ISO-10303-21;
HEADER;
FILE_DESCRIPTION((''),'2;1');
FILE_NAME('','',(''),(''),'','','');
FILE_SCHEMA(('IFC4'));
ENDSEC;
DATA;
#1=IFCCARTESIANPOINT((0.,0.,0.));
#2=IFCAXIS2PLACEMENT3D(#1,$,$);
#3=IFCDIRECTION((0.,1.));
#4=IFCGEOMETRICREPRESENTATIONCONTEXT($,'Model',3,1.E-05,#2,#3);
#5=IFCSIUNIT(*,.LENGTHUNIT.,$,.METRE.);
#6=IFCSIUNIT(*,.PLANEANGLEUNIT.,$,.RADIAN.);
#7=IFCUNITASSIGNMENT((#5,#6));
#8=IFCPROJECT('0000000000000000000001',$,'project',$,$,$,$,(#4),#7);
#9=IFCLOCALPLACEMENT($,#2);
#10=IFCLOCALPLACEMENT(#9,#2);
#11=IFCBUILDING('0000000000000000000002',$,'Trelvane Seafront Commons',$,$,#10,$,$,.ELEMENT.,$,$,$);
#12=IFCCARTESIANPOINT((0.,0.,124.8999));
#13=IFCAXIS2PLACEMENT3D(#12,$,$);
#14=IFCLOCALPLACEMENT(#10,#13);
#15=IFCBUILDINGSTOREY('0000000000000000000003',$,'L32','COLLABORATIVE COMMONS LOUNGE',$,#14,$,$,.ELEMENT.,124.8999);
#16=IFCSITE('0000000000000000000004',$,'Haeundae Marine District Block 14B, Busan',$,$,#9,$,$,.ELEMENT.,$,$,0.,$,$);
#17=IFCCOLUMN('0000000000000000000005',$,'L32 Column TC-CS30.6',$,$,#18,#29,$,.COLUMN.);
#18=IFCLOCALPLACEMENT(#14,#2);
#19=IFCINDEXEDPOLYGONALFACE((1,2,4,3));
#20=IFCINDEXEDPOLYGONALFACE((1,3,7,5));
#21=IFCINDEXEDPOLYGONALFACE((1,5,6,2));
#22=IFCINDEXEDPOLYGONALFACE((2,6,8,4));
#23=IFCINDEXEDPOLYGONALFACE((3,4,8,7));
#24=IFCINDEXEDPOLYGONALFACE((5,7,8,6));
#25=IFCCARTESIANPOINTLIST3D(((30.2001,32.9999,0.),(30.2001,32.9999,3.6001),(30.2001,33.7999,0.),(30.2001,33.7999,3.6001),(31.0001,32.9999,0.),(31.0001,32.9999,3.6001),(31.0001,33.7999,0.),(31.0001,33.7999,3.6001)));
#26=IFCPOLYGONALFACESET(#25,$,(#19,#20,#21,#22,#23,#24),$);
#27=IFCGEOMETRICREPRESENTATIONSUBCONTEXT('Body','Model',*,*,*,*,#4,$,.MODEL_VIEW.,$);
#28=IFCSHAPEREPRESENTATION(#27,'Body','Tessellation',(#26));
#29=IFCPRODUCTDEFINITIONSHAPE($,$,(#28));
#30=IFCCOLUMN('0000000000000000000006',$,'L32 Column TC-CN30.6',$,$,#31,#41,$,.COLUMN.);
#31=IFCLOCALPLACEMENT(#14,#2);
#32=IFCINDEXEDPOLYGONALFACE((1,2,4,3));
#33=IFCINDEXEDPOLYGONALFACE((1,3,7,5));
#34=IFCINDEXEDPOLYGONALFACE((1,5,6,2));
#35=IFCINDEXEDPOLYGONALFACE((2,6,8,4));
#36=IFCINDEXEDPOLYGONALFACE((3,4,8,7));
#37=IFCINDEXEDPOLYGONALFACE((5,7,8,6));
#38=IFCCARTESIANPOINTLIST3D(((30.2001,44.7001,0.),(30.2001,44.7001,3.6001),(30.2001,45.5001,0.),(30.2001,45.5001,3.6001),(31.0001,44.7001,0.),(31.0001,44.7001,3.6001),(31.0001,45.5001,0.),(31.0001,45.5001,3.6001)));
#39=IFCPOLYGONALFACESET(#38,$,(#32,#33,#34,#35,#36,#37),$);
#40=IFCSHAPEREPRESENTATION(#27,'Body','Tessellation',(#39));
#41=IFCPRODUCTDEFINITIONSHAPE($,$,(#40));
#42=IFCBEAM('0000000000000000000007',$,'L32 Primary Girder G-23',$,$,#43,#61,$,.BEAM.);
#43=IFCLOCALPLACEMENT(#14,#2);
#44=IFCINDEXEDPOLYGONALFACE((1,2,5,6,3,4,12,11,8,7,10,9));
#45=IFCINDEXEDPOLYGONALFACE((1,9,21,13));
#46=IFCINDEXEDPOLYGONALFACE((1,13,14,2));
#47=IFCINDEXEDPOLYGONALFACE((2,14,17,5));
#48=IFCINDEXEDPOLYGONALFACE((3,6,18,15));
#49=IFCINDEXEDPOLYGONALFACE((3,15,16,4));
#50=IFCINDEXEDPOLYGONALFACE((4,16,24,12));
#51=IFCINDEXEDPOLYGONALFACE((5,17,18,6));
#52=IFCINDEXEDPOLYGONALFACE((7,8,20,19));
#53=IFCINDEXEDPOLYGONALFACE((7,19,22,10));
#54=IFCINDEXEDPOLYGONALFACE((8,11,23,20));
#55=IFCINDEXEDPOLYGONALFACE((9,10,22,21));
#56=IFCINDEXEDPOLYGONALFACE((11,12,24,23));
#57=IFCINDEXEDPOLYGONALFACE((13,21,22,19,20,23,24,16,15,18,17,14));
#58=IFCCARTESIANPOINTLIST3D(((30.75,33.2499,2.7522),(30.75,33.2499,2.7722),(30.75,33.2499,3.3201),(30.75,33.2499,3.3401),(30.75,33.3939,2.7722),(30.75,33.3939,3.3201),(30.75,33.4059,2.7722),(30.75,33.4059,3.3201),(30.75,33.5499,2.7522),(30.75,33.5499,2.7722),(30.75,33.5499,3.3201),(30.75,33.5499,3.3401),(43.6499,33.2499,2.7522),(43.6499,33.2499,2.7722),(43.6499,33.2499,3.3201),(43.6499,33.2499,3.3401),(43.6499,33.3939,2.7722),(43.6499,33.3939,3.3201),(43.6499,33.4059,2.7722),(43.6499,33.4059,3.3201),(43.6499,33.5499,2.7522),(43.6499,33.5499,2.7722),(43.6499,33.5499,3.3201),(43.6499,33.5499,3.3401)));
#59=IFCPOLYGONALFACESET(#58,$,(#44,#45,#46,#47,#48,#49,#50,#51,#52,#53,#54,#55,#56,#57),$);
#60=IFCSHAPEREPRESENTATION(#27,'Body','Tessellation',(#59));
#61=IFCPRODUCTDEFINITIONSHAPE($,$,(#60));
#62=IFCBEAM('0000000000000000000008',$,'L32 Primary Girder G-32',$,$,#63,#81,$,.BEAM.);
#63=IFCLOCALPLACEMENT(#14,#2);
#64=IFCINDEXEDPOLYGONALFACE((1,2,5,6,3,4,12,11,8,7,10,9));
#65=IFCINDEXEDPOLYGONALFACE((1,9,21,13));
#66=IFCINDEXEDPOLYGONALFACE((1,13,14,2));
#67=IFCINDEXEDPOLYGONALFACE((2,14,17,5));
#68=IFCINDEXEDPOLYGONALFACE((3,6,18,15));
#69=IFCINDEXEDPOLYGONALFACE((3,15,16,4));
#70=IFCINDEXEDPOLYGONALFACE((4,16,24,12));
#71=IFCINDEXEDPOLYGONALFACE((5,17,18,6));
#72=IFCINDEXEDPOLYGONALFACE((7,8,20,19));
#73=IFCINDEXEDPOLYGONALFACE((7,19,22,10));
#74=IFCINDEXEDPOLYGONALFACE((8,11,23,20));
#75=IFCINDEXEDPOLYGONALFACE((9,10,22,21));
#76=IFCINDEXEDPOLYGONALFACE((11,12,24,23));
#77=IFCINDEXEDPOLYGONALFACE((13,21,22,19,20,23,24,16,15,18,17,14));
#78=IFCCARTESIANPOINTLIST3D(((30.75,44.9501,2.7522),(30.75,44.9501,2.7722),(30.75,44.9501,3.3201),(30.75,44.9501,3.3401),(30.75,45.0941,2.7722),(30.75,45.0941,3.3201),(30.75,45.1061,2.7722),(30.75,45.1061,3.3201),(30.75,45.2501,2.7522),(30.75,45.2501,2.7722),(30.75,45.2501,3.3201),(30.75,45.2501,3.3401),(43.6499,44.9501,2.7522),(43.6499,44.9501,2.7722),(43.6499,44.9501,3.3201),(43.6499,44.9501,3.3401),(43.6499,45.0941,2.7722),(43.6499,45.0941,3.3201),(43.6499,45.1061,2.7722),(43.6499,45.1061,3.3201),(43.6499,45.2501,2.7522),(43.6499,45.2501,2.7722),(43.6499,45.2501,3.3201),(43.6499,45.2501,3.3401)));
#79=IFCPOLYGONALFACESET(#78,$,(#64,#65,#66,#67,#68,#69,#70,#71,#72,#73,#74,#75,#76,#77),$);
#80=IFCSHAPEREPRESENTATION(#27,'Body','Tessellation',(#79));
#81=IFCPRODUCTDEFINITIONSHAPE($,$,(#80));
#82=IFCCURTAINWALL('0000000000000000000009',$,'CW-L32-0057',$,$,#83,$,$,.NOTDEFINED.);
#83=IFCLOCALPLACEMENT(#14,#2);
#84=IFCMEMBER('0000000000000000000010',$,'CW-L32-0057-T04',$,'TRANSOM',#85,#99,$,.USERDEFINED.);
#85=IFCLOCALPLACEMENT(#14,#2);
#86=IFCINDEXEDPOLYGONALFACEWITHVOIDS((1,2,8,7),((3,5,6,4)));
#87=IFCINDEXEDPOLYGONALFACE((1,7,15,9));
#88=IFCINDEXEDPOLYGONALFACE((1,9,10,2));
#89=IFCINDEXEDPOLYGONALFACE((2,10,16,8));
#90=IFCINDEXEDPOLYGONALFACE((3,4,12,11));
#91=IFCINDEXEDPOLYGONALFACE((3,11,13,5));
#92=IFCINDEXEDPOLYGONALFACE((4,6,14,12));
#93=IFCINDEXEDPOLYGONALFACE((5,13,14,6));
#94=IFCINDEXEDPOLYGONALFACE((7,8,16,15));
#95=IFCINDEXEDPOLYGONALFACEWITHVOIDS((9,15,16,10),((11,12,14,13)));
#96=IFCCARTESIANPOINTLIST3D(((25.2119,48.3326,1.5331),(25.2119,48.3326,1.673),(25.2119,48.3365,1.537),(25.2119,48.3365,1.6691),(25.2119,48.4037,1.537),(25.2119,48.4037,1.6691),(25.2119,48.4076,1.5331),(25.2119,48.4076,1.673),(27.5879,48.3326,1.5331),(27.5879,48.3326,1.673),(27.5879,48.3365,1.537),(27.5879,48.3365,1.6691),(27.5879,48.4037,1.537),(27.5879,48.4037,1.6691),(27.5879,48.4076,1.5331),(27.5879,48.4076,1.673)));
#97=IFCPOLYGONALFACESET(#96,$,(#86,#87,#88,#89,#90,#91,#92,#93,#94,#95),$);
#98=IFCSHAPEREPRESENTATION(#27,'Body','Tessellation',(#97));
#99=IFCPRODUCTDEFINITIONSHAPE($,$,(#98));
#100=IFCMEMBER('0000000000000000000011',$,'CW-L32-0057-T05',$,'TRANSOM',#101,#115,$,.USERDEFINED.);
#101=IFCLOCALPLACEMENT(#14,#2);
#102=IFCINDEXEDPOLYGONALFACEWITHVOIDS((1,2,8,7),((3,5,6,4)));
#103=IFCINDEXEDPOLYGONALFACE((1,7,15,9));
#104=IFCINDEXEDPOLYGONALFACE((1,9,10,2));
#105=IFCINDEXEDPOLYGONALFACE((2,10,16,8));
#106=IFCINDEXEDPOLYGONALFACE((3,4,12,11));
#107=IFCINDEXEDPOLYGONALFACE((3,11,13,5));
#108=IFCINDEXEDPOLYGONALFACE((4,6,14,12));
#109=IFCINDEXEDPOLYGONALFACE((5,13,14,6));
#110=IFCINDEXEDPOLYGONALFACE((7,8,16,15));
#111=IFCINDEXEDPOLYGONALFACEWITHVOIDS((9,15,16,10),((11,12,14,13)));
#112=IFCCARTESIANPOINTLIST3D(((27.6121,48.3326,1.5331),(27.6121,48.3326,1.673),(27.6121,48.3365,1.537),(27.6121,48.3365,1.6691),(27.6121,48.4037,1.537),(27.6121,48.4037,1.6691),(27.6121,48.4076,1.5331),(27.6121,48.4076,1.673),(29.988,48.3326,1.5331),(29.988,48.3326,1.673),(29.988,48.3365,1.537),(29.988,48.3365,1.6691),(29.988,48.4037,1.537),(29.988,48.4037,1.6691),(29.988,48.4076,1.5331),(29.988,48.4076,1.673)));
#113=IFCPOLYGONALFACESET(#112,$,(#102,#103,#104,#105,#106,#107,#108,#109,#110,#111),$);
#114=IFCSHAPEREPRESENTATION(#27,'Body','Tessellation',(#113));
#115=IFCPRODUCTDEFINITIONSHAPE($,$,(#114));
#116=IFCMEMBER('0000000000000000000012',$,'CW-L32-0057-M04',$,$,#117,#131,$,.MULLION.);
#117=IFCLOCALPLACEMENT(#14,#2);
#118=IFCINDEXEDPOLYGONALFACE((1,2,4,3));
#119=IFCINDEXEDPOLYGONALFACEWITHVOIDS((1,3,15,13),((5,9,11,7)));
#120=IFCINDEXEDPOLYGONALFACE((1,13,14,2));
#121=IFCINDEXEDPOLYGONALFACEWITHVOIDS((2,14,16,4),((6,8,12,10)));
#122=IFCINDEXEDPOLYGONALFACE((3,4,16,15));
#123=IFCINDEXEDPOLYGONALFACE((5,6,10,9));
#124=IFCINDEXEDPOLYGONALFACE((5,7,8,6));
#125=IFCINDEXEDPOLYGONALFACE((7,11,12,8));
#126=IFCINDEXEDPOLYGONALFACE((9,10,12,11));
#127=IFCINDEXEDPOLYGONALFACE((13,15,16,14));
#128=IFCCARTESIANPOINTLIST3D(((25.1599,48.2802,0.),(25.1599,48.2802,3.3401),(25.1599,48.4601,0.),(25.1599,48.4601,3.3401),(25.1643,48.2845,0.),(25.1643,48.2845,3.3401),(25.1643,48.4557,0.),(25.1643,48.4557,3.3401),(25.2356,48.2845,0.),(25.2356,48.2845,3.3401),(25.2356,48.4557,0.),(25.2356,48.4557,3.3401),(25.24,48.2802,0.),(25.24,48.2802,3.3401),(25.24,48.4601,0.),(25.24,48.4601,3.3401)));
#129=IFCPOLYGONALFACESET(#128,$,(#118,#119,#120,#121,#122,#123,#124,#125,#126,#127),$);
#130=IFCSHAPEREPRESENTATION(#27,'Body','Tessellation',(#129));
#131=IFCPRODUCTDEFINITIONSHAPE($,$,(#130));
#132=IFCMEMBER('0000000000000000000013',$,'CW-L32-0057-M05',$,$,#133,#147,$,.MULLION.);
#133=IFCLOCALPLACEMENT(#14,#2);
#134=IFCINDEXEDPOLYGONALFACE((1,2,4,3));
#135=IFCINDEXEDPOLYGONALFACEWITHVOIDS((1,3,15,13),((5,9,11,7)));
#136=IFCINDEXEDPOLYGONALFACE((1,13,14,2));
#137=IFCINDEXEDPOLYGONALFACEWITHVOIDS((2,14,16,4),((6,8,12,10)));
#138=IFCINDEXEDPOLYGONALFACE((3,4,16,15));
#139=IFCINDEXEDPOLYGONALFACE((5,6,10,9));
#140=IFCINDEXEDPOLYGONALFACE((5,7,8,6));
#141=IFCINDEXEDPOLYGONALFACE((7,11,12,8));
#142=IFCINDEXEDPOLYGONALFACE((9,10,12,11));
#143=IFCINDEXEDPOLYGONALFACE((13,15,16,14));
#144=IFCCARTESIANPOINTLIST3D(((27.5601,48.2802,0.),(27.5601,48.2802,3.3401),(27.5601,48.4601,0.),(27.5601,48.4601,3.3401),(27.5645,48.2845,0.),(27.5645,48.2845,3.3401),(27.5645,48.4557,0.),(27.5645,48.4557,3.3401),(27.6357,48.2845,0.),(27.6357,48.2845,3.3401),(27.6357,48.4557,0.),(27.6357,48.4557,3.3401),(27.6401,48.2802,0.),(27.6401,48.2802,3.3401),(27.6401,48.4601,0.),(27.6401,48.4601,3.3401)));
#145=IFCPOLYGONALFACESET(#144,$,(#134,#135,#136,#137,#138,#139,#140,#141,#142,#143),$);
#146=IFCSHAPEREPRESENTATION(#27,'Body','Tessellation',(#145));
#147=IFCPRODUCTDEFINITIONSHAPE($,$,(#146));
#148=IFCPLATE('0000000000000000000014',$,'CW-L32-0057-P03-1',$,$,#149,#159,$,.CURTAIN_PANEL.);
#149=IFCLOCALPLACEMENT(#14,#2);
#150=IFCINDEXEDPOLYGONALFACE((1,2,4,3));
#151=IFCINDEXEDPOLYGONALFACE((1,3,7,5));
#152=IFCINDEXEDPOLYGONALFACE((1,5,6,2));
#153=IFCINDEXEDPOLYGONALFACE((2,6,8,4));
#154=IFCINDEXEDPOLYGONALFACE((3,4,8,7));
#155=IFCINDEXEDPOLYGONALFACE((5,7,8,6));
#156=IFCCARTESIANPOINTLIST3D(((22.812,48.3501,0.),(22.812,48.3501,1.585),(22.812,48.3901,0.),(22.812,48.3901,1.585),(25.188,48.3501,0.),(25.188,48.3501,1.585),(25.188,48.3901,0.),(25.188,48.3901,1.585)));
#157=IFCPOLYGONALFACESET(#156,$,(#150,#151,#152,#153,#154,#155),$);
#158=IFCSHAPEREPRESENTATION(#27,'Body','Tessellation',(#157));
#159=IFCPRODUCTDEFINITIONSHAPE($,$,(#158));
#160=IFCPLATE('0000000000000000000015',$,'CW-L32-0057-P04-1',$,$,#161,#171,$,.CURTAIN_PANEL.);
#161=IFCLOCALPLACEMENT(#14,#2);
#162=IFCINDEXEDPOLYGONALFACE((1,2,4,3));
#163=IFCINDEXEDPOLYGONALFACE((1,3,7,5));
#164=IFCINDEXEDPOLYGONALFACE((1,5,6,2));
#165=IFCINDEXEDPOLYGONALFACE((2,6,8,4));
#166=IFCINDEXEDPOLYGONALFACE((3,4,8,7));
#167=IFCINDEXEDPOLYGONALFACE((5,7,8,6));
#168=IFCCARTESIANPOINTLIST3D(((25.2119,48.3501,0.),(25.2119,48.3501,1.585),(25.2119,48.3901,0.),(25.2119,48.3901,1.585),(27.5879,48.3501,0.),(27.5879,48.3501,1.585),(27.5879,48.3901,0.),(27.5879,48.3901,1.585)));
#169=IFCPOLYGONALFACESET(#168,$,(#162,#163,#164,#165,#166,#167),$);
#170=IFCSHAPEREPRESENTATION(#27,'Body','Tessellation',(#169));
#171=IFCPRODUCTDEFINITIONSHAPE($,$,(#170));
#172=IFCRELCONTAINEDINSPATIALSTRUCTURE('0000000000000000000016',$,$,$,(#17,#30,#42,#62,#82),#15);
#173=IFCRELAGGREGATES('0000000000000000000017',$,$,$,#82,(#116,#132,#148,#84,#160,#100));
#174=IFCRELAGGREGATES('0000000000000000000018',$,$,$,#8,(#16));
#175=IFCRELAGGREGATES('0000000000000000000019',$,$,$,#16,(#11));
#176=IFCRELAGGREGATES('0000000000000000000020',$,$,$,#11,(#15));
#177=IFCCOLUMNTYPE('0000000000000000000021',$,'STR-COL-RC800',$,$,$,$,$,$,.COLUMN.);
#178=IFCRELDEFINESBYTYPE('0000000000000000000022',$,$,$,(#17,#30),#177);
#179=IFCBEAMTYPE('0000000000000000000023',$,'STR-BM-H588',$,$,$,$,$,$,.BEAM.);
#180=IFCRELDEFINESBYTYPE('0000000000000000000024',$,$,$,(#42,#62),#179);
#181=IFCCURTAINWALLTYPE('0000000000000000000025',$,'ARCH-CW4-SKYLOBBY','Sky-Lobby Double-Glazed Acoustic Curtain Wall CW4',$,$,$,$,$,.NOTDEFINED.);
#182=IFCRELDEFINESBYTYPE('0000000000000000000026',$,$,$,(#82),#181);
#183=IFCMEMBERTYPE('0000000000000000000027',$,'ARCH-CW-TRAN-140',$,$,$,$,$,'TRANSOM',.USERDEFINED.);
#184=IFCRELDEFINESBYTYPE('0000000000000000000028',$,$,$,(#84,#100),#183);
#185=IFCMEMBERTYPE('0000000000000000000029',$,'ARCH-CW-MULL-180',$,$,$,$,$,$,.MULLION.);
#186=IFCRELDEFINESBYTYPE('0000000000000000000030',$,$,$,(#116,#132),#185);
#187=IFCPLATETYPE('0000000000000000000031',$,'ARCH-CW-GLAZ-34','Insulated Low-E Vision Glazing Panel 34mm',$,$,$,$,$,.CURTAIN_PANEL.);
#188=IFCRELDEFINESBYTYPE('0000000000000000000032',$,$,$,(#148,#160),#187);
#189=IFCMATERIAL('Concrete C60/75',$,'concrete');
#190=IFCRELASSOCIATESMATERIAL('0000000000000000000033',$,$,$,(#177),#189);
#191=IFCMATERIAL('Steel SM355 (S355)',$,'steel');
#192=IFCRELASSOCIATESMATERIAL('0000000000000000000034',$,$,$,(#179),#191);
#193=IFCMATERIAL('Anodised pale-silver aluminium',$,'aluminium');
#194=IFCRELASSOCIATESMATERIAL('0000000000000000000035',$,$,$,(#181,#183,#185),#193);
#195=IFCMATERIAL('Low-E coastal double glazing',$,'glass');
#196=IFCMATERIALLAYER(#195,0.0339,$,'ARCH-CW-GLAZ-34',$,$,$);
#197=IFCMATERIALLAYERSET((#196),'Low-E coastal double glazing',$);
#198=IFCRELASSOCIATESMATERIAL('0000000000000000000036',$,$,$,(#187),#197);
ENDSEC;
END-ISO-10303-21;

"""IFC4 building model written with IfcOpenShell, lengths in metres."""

from ifc_helpers import new_model, si_unit, direction, frame, origin, origin_2d, place, context, subcontext, project, spatial, rectangle, hollow_rectangle, i_section, extrude, source, transform, mapped, material, layer, layer_set, material_profile, profile_set, type_object, element, aggregate, save


model = new_model("IFC4")

# Units and contexts
model_context = context("Model", 3, precision=1e-05, world=origin(), true_north=direction((0.0, 1.0)))
body_context = subcontext(model_context, "Body", "Model", "MODEL_VIEW")
ifc_project = project(units=[si_unit("LENGTHUNIT", "METRE"), si_unit("PLANEANGLEUNIT", "RADIAN")], contexts=[model_context])

# Site, building, storey
site_placement = place(None, origin())
site = spatial("IfcSite", under=ifc_project, at=site_placement, Name="Haeundae Marine District Block 14B, Busan", CompositionType="ELEMENT", RefElevation=0.0)
building_placement = place(site_placement, origin())
building = spatial("IfcBuilding", under=site, at=building_placement, Name="Trelvane Seafront Commons", CompositionType="ELEMENT")
storey_placement = place(building_placement, frame((0.0, 0.0, 124.8999)))
storey = spatial("IfcBuildingStorey", under=building, at=storey_placement, Name="L32", Description="COLLABORATIVE COMMONS LOUNGE", CompositionType="ELEMENT", Elevation=124.8999)

# Columns
ifc_material_1 = material(Name="Concrete C60/75", Category="concrete")
ifc_material_profile_1 = material_profile(ifc_material_1, rectangle(XDim=0.8, YDim=0.8, at=origin_2d()), Name="RC-800x800")
ifc_profile_set_1 = profile_set([ifc_material_profile_1], Name="Concrete C60/75")
column_type = type_object("IfcColumnType", Name="STR-COL-RC800", PredefinedType="COLUMN", material=ifc_profile_set_1)
shared_shape_1 = source(origin(), body_context, "Body", "SweptSolid", [
    extrude(rectangle(XDim=0.8, YDim=0.8, at=origin_2d()), origin(), (0.0, 0.0, 1.0), 3.6001),
])
for number, where, z_axis, x_axis, name in (
    (1, (30.6001, 33.3999, 0.0), (0.0, 0.0, 1.0), (1.0, 0.0, 0.0), "L32 Column TC-CS30.6"),
    (2, (30.6001, 45.1001, 0.0), (0.0, 0.0, 1.0), (1.0, 0.0, 0.0), "L32 Column TC-CN30.6"),
):
    element("IfcColumn", number, at=place(storey_placement, frame(where, z_axis=z_axis, x_axis=x_axis)), inside=storey, type_object=column_type, Name=name, PredefinedType="COLUMN", context=body_context, shape_type="MappedRepresentation", body=[
        mapped(shared_shape_1, transform((0.0, 0.0, 0.0), x_axis=(1.0, 0.0, 0.0), y_axis=(0.0, 1.0, 0.0), z_axis=(0.0, 0.0, 1.0), scale=1.0)),
    ])

# Beams
ifc_material_2 = material(Name="Steel SM355 (S355)", Category="steel")
ifc_material_profile_2 = material_profile(ifc_material_2, i_section(OverallWidth=0.3, OverallDepth=0.5879, WebThickness=0.012, FlangeThickness=0.02, at=origin_2d()), Name="H-588x300x12x20")
ifc_profile_set_2 = profile_set([ifc_material_profile_2], Name="Steel SM355 (S355)")
beam_type = type_object("IfcBeamType", Name="STR-BM-H588", PredefinedType="BEAM", material=ifc_profile_set_2)
shared_shape_2 = source(origin(), body_context, "Body", "SweptSolid", [
    extrude(i_section(OverallWidth=0.3, OverallDepth=0.5879, WebThickness=0.012, FlangeThickness=0.02, at=origin_2d()), origin(), (0.0, 0.0, 1.0), 12.8999),
])
for number, where, z_axis, x_axis, name in (
    (3, (30.75, 33.3999, 3.0461), (1.0, 0.0, 0.0), (0.0, 1.0, 0.0), "L32 Primary Girder G-23"),
    (4, (30.75, 45.1001, 3.0461), (1.0, 0.0, 0.0), (0.0, 1.0, 0.0), "L32 Primary Girder G-32"),
):
    element("IfcBeam", number, at=place(storey_placement, frame(where, z_axis=z_axis, x_axis=x_axis)), inside=storey, type_object=beam_type, Name=name, PredefinedType="BEAM", context=body_context, shape_type="MappedRepresentation", body=[
        mapped(shared_shape_2, transform((0.0, 0.0, 0.0), x_axis=(1.0, 0.0, 0.0), y_axis=(0.0, 1.0, 0.0), z_axis=(0.0, 0.0, 1.0), scale=1.0)),
    ])

# Curtain wall, members, plates
ifc_material_3 = material(Name="Anodised pale-silver aluminium", Category="aluminium")
curtain_wall_type = type_object("IfcCurtainWallType", Name="ARCH-CW4-SKYLOBBY", Description="Sky-Lobby Double-Glazed Acoustic Curtain Wall CW4", PredefinedType="NOTDEFINED", material=ifc_material_3)
curtain_wall_placement = place(storey_placement, origin())
curtain_wall = element("IfcCurtainWall", 5, at=curtain_wall_placement, inside=storey, type_object=curtain_wall_type, Name="CW-L32-0057", PredefinedType="NOTDEFINED")
ifc_material_profile_3 = material_profile(ifc_material_3, hollow_rectangle(XDim=0.075, YDim=0.1399, WallThickness=0.0039, at=origin_2d()), Name="TRAN-75x140x4")
ifc_profile_set_3 = profile_set([ifc_material_profile_3], Name="Anodised pale-silver aluminium")
member_type_1 = type_object("IfcMemberType", Name="ARCH-CW-TRAN-140", ElementType="TRANSOM", PredefinedType="USERDEFINED", material=ifc_profile_set_3)
shared_shape_3 = source(origin(), body_context, "Body", "SweptSolid", [
    extrude(hollow_rectangle(XDim=0.075, YDim=0.1399, WallThickness=0.0039, at=origin_2d()), origin(), (0.0, 0.0, 1.0), 2.376),
])
member_1_placement = place(storey_placement, frame((25.2119, 48.3701, 1.603), z_axis=(1.0, 0.0, 0.0), x_axis=(0.0, 1.0, 0.0)))
member_1 = element("IfcMember", 6, at=member_1_placement, type_object=member_type_1, Name="CW-L32-0057-T04", ObjectType="TRANSOM", PredefinedType="USERDEFINED", context=body_context, shape_type="MappedRepresentation", body=[
    mapped(shared_shape_3, transform((0.0, 0.0, 0.0), x_axis=(1.0, 0.0, 0.0), y_axis=(0.0, 1.0, 0.0), z_axis=(0.0, 0.0, 1.0), scale=1.0)),
])
member_2_placement = place(storey_placement, frame((27.6121, 48.3701, 1.603), z_axis=(1.0, 0.0, 0.0), x_axis=(0.0, 1.0, 0.0)))
member_2 = element("IfcMember", 7, at=member_2_placement, type_object=member_type_1, Name="CW-L32-0057-T05", ObjectType="TRANSOM", PredefinedType="USERDEFINED", context=body_context, shape_type="MappedRepresentation", body=[
    mapped(shared_shape_3, transform((0.0, 0.0, 0.0), x_axis=(1.0, 0.0, 0.0), y_axis=(0.0, 1.0, 0.0), z_axis=(0.0, 0.0, 1.0), scale=1.0)),
])
ifc_material_profile_4 = material_profile(ifc_material_3, hollow_rectangle(XDim=0.0801, YDim=0.1799, WallThickness=0.0044, at=origin_2d()), Name="MULL-80x180x4.5")
ifc_profile_set_4 = profile_set([ifc_material_profile_4], Name="Anodised pale-silver aluminium")
member_type_2 = type_object("IfcMemberType", Name="ARCH-CW-MULL-180", PredefinedType="MULLION", material=ifc_profile_set_4)
shared_shape_4 = source(origin(), body_context, "Body", "SweptSolid", [
    extrude(hollow_rectangle(XDim=0.0801, YDim=0.1799, WallThickness=0.0044, at=origin_2d()), origin(), (0.0, 0.0, 1.0), 3.3401),
])
member_3_placement = place(storey_placement, frame((25.2, 48.3701, 0.0), z_axis=(0.0, 0.0, 1.0), x_axis=(1.0, 0.0, 0.0)))
member_3 = element("IfcMember", 8, at=member_3_placement, type_object=member_type_2, Name="CW-L32-0057-M04", PredefinedType="MULLION", context=body_context, shape_type="MappedRepresentation", body=[
    mapped(shared_shape_4, transform((0.0, 0.0, 0.0), x_axis=(1.0, 0.0, 0.0), y_axis=(0.0, 1.0, 0.0), z_axis=(0.0, 0.0, 1.0), scale=1.0)),
])
member_4_placement = place(storey_placement, frame((27.6001, 48.3701, 0.0), z_axis=(0.0, 0.0, 1.0), x_axis=(1.0, 0.0, 0.0)))
member_4 = element("IfcMember", 9, at=member_4_placement, type_object=member_type_2, Name="CW-L32-0057-M05", PredefinedType="MULLION", context=body_context, shape_type="MappedRepresentation", body=[
    mapped(shared_shape_4, transform((0.0, 0.0, 0.0), x_axis=(1.0, 0.0, 0.0), y_axis=(0.0, 1.0, 0.0), z_axis=(0.0, 0.0, 1.0), scale=1.0)),
])
ifc_material_4 = material(Name="Low-E coastal double glazing", Category="glass")
ifc_layer_1 = layer(ifc_material_4, 0.0339, Name="ARCH-CW-GLAZ-34")
ifc_layer_set_1 = layer_set([ifc_layer_1], Name="Low-E coastal double glazing")
plate_type = type_object("IfcPlateType", Name="ARCH-CW-GLAZ-34", Description="Insulated Low-E Vision Glazing Panel 34mm", PredefinedType="CURTAIN_PANEL", material=ifc_layer_set_1)
shared_shape_5 = source(origin(), body_context, "Body", "SweptSolid", [
    extrude(rectangle(XDim=2.376, YDim=0.04, at=origin_2d()), origin(), (0.0, 0.0, 1.0), 1.585),
])
plate_1_placement = place(storey_placement, frame((24.0, 48.3701, 0.0), z_axis=(0.0, 0.0, 1.0), x_axis=(1.0, 0.0, 0.0)))
plate_1 = element("IfcPlate", 10, at=plate_1_placement, type_object=plate_type, Name="CW-L32-0057-P03-1", PredefinedType="CURTAIN_PANEL", context=body_context, shape_type="MappedRepresentation", body=[
    mapped(shared_shape_5, transform((0.0, 0.0, 0.0), x_axis=(1.0, 0.0, 0.0), y_axis=(0.0, 1.0, 0.0), z_axis=(0.0, 0.0, 1.0), scale=1.0)),
])
plate_2_placement = place(storey_placement, frame((26.3999, 48.3701, 0.0), z_axis=(0.0, 0.0, 1.0), x_axis=(1.0, 0.0, 0.0)))
plate_2 = element("IfcPlate", 11, at=plate_2_placement, type_object=plate_type, Name="CW-L32-0057-P04-1", PredefinedType="CURTAIN_PANEL", context=body_context, shape_type="MappedRepresentation", body=[
    mapped(shared_shape_5, transform((0.0, 0.0, 0.0), x_axis=(1.0, 0.0, 0.0), y_axis=(0.0, 1.0, 0.0), z_axis=(0.0, 0.0, 1.0), scale=1.0)),
])
aggregate(curtain_wall, [member_3, member_4, plate_1, member_1, plate_2, member_2])

save(model, "model.ifc")
